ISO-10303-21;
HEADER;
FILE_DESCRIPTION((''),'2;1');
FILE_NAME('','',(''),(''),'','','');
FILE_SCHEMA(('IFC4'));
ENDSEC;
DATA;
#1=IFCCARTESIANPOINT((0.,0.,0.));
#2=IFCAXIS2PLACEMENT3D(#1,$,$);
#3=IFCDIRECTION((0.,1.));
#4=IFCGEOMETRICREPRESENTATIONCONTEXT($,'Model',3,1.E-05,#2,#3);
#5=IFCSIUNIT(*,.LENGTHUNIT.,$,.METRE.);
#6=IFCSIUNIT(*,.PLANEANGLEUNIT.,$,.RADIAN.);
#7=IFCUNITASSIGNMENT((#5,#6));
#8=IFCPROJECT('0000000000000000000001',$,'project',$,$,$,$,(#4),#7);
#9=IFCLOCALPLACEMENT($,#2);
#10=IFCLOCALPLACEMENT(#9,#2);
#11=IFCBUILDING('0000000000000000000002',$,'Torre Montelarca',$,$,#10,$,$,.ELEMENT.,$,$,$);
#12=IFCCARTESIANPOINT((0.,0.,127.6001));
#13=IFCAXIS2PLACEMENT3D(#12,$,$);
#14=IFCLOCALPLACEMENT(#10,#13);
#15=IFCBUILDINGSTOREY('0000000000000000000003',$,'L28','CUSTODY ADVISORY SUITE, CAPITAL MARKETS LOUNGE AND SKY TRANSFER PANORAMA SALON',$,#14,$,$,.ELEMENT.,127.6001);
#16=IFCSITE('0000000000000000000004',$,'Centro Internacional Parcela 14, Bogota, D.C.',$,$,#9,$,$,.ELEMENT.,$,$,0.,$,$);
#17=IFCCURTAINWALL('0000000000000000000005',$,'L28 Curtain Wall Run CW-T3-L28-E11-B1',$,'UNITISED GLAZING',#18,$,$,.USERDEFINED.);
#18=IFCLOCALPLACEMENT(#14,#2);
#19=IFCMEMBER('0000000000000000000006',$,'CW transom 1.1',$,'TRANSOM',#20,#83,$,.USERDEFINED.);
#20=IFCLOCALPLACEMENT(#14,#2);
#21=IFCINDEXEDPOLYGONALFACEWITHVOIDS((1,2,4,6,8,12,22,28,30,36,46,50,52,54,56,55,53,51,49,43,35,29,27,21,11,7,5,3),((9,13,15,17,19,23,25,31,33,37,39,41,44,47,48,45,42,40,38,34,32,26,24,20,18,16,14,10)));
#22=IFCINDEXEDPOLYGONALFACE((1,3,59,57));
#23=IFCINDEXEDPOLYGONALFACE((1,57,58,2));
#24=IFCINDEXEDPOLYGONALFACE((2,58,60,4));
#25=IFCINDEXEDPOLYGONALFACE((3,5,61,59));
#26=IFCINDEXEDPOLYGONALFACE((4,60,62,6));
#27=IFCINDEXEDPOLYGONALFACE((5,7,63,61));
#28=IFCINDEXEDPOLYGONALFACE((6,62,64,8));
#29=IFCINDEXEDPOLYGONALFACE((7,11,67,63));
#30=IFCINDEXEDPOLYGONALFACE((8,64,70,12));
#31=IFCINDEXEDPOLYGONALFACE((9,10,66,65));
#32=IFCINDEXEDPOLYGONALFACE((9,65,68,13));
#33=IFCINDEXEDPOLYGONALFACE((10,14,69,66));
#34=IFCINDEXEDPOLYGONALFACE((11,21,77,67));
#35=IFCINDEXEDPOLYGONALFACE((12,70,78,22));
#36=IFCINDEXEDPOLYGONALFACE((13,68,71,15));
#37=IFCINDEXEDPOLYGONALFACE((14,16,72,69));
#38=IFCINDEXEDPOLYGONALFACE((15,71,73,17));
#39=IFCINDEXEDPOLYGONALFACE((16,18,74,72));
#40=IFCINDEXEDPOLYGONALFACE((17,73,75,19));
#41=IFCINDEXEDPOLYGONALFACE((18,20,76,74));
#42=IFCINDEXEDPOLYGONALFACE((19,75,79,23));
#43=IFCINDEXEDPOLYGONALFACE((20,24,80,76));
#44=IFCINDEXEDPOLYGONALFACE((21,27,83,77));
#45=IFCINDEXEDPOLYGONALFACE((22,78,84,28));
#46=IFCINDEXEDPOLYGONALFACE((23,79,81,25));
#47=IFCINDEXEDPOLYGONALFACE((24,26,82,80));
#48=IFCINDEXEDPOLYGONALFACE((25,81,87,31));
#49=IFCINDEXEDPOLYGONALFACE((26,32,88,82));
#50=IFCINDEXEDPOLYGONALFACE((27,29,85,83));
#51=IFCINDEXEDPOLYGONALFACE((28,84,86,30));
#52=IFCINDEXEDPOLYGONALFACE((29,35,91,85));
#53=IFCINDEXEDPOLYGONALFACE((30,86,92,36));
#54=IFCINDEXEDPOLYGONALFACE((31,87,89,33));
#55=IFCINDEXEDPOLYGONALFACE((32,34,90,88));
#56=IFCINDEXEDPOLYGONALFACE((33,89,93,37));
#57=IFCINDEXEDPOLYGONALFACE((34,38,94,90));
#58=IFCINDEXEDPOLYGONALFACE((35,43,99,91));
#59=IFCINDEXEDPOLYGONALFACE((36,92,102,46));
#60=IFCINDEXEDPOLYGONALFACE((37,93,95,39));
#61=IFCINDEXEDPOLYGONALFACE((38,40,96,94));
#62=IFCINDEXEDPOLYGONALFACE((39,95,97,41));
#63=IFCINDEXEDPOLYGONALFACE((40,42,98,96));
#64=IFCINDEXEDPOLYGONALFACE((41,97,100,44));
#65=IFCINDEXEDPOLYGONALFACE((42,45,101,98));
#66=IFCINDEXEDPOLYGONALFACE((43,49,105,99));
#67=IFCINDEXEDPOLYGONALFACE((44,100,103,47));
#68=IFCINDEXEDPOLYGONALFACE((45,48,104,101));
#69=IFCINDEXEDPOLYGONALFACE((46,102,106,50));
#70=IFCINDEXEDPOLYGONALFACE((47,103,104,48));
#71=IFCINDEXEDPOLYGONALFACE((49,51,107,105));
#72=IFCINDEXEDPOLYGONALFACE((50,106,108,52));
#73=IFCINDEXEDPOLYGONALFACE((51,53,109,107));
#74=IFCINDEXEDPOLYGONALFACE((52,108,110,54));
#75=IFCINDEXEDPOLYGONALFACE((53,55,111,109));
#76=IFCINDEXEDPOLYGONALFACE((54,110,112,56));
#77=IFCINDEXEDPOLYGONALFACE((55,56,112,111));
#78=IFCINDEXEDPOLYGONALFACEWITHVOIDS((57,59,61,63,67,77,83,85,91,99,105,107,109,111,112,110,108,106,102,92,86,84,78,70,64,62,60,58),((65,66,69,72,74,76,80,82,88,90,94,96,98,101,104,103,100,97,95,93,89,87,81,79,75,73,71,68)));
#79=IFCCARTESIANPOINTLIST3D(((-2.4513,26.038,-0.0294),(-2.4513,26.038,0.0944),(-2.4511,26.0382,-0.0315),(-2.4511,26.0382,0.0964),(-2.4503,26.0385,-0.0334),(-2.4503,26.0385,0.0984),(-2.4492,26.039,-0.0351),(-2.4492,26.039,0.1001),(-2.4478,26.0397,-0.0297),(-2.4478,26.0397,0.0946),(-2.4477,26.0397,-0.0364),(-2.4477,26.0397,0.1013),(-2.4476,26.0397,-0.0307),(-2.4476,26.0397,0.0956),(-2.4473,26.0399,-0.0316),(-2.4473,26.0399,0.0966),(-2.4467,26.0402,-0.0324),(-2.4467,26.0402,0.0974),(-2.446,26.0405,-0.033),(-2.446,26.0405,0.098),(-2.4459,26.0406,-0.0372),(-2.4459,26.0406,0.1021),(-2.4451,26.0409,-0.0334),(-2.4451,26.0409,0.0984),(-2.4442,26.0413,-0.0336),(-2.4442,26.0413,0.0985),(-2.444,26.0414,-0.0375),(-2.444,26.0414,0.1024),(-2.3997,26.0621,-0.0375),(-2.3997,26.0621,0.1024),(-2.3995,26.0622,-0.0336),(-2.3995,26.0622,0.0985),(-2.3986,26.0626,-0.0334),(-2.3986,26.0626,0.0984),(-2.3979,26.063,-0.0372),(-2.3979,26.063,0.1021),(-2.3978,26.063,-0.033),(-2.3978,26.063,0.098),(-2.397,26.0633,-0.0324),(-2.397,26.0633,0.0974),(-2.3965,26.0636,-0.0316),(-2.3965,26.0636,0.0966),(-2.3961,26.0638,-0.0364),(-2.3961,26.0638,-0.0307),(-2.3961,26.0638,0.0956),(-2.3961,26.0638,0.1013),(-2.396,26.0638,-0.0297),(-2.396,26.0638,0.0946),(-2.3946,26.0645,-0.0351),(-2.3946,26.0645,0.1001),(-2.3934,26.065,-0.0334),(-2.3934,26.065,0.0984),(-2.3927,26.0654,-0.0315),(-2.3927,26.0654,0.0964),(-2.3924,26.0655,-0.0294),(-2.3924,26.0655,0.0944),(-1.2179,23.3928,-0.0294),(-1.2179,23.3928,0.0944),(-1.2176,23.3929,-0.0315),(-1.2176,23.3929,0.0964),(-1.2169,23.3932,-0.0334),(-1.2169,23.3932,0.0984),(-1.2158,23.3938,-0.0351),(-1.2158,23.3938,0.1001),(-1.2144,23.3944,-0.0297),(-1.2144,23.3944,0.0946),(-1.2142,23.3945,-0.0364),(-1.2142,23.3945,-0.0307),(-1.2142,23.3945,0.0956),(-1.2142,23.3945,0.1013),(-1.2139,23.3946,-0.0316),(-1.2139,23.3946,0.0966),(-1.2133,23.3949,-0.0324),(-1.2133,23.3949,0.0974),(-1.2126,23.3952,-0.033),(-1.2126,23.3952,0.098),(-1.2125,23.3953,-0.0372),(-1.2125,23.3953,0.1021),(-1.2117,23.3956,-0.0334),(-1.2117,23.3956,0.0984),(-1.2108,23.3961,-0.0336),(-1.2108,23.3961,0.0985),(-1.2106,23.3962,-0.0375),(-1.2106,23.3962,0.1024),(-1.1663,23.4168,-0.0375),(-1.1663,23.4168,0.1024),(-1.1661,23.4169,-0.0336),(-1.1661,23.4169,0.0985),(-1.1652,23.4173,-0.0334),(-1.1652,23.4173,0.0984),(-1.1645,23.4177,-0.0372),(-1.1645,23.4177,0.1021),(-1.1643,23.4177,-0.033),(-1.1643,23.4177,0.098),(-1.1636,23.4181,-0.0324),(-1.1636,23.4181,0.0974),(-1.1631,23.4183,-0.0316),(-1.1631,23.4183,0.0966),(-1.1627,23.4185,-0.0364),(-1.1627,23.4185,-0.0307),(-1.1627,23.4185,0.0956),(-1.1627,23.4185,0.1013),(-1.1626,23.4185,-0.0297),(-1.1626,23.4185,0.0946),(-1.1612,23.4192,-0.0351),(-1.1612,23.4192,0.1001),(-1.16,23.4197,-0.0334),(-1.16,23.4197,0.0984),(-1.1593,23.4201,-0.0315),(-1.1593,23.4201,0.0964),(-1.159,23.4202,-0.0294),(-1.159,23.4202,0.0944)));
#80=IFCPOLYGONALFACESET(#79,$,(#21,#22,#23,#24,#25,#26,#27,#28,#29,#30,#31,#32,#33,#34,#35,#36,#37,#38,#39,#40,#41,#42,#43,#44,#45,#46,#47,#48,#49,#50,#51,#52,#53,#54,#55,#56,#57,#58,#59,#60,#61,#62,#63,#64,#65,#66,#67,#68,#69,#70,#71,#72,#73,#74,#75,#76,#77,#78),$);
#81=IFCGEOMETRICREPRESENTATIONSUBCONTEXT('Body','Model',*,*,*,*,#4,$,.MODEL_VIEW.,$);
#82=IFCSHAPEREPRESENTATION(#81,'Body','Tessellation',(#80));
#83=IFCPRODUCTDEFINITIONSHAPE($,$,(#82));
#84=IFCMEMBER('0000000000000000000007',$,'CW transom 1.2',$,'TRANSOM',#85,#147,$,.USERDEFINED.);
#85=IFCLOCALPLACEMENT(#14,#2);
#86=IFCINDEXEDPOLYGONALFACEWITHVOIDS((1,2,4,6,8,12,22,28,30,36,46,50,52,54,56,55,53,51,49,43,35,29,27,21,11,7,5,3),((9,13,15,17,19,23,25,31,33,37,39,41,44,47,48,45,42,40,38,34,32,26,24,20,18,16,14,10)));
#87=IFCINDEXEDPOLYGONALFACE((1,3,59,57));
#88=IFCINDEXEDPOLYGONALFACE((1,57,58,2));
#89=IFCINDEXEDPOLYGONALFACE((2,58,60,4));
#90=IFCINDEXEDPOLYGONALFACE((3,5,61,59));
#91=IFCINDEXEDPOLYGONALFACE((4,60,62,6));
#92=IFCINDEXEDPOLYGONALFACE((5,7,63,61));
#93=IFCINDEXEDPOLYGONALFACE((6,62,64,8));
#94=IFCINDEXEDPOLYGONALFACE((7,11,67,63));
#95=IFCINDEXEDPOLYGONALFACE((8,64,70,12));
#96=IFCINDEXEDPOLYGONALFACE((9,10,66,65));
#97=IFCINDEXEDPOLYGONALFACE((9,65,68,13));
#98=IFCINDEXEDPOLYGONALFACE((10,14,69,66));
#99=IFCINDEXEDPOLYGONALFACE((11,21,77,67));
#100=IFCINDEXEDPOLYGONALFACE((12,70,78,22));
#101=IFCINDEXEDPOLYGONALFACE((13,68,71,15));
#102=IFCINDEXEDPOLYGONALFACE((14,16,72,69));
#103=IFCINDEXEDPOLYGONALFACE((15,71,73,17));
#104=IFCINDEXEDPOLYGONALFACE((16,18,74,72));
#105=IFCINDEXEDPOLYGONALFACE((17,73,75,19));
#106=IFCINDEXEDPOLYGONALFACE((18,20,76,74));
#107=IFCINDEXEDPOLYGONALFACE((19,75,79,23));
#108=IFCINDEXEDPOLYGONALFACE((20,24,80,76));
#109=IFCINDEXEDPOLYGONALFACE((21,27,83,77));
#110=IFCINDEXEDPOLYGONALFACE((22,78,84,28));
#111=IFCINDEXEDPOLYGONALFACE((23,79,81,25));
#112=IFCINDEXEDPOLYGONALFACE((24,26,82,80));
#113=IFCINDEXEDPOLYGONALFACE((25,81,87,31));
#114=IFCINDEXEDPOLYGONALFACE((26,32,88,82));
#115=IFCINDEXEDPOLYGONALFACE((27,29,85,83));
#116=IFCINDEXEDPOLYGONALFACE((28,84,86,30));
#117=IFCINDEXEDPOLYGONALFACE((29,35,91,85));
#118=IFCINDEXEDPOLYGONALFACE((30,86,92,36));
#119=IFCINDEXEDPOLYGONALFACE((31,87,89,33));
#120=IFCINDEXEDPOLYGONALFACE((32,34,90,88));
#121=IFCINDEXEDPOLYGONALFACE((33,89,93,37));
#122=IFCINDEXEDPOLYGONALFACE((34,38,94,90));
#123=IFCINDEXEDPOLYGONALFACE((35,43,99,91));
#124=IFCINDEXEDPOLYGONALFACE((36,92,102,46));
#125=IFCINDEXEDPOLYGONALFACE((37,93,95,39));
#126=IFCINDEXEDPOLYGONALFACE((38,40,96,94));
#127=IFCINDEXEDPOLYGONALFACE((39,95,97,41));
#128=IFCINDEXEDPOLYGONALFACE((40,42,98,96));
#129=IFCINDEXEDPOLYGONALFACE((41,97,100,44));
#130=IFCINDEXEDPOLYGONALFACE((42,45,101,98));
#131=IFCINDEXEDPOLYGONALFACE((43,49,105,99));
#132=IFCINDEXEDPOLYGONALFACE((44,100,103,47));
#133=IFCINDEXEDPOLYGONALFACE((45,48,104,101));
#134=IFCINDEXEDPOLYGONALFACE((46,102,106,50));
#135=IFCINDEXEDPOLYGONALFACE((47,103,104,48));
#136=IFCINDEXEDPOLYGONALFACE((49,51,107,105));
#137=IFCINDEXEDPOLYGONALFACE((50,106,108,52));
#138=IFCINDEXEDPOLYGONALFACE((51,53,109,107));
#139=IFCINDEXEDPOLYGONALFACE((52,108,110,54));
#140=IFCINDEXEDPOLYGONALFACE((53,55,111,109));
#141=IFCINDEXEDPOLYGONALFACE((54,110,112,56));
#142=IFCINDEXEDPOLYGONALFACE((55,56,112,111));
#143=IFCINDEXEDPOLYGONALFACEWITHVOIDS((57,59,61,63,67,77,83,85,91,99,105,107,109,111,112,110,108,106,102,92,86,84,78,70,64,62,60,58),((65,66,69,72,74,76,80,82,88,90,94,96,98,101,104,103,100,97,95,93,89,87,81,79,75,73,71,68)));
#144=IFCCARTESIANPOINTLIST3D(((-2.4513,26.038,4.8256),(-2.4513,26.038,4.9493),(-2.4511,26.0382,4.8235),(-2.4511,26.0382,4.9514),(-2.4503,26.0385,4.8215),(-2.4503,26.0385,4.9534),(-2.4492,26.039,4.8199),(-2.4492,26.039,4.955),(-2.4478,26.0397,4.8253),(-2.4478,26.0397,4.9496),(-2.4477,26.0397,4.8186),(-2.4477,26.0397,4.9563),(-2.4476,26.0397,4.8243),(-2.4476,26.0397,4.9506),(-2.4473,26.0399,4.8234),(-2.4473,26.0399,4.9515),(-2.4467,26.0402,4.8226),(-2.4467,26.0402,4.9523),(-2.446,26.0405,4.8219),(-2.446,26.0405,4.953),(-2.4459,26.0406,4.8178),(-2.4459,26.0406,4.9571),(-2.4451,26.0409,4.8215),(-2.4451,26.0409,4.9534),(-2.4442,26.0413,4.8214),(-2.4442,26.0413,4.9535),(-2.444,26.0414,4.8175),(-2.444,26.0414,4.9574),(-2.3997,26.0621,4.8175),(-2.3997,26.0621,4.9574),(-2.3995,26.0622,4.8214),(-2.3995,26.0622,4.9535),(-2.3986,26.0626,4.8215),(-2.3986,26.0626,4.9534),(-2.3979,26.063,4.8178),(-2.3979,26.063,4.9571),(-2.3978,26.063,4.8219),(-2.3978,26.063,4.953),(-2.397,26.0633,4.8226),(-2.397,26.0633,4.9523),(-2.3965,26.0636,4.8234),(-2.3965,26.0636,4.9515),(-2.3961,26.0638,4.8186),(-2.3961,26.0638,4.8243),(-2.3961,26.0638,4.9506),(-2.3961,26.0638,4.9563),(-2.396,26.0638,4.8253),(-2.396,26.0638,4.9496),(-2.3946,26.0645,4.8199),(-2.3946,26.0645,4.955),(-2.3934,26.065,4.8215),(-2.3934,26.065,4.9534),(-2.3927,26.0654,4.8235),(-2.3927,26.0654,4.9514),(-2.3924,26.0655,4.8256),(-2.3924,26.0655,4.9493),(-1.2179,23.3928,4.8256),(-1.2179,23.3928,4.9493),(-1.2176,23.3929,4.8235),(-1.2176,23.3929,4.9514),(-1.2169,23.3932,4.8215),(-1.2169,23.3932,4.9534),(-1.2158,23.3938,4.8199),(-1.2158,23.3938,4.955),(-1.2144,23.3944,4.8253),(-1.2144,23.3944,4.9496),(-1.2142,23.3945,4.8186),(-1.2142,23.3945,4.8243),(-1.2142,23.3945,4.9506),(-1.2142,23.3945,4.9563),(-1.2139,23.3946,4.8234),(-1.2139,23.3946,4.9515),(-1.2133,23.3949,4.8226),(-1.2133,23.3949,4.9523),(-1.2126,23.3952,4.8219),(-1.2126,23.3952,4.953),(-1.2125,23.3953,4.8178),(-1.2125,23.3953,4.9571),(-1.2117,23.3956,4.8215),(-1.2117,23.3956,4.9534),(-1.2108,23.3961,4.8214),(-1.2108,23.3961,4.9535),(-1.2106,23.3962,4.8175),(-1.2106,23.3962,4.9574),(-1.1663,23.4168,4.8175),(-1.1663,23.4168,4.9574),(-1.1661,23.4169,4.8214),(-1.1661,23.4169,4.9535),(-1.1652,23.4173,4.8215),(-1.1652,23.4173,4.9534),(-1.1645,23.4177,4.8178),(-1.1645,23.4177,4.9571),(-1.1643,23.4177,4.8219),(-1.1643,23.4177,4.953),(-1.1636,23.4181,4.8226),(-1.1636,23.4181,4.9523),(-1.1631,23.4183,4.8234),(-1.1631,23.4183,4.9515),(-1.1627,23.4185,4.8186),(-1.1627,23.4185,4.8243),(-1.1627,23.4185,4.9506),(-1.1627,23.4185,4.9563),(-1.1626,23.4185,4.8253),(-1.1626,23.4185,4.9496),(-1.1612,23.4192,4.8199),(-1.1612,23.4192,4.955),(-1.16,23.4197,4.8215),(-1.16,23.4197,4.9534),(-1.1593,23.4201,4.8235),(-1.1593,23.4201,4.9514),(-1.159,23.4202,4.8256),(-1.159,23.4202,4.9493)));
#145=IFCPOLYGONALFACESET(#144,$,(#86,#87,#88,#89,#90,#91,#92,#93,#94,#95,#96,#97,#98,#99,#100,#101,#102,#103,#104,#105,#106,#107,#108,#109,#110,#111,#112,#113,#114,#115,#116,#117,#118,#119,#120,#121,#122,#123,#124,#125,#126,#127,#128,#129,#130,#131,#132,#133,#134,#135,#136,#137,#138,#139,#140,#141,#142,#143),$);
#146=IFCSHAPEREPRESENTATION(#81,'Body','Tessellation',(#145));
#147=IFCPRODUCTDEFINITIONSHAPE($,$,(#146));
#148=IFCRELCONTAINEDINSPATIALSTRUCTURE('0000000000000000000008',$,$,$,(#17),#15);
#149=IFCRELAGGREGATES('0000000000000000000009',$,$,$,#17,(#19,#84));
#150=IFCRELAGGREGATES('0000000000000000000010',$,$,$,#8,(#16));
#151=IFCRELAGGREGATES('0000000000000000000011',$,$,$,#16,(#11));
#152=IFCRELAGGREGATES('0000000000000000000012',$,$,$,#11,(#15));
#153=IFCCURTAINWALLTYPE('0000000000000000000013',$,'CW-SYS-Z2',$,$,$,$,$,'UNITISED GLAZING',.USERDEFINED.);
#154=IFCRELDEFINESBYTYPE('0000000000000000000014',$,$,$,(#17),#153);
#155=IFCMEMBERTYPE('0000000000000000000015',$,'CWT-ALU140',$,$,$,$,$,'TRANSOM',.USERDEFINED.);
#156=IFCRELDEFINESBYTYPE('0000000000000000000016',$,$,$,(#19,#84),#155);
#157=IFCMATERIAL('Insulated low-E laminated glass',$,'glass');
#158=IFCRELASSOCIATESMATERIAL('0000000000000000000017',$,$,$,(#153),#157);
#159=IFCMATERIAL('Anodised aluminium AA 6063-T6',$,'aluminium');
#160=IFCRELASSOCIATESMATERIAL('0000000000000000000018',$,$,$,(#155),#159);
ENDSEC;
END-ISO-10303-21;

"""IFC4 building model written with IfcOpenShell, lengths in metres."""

from ifc_helpers import new_model, si_unit, direction, frame, origin, origin_2d, place, context, subcontext, project, spatial, hollow_rectangle, extrude, source, transform, mapped, material, material_profile, profile_set, type_object, element, aggregate, save


model = new_model("IFC4")

# Units and contexts
model_context = context("Model", 3, precision=1e-05, world=origin(), true_north=direction((0.0, 1.0)))
body_context = subcontext(model_context, "Body", "Model", "MODEL_VIEW")
ifc_project = project(units=[si_unit("LENGTHUNIT", "METRE"), si_unit("PLANEANGLEUNIT", "RADIAN")], contexts=[model_context])

# Site, building, storey
site_placement = place(None, origin())
site = spatial("IfcSite", under=ifc_project, at=site_placement, Name="Centro Internacional Parcela 14, Bogota, D.C.", CompositionType="ELEMENT", RefElevation=0.0)
building_placement = place(site_placement, origin())
building = spatial("IfcBuilding", under=site, at=building_placement, Name="Torre Montelarca", CompositionType="ELEMENT")
storey_placement = place(building_placement, frame((0.0, 0.0, 127.6001)))
storey = spatial("IfcBuildingStorey", under=building, at=storey_placement, Name="L28", Description="CUSTODY ADVISORY SUITE, CAPITAL MARKETS LOUNGE AND SKY TRANSFER PANORAMA SALON", CompositionType="ELEMENT", Elevation=127.6001)

# Curtain wall, members
ifc_material_1 = material(Name="Insulated low-E laminated glass", Category="glass")
curtain_wall_type = type_object("IfcCurtainWallType", Name="CW-SYS-Z2", ElementType="UNITISED GLAZING", PredefinedType="USERDEFINED", material=ifc_material_1)
curtain_wall_1_placement = place(storey_placement, origin())
curtain_wall_1 = element("IfcCurtainWall", 1, at=curtain_wall_1_placement, inside=storey, type_object=curtain_wall_type, Name="L28 Curtain Wall Run CW-T3-L28-E11-B1", ObjectType="UNITISED GLAZING", PredefinedType="USERDEFINED")
ifc_material_2 = material(Name="Anodised aluminium AA 6063-T6", Category="aluminium")
ifc_material_profile_1 = material_profile(ifc_material_2, hollow_rectangle(XDim=0.0649, YDim=0.1399, WallThickness=0.0039, InnerFilletRadius=0.0039, OuterFilletRadius=0.0081, at=origin_2d()), Name="ALU65X140X4", Category="aluminium")
ifc_profile_set_1 = profile_set([ifc_material_profile_1], Name="Anodised aluminium AA 6063-T6")
member_type_1 = type_object("IfcMemberType", Name="CWT-ALU140", ElementType="TRANSOM", PredefinedType="USERDEFINED", material=ifc_profile_set_1)
shared_shape_1 = source(origin(), body_context, "Body", "SweptSolid", [
    extrude(hollow_rectangle(XDim=0.0649, YDim=0.1399, WallThickness=0.0039, InnerFilletRadius=0.0039, OuterFilletRadius=0.0081, at=origin_2d()), origin(), (0.0, 0.0, 1.0), 2.9187),
])
member_1_placement = place(storey_placement, frame((-2.4219, 26.0518, 0.0325), z_axis=(0.422588, -0.906322, 0.0), x_axis=(0.906322, 0.422588, 0.0)))
member_1 = element("IfcMember", 2, at=member_1_placement, type_object=member_type_1, Name="CW transom 1.1", ObjectType="TRANSOM", PredefinedType="USERDEFINED", context=body_context, shape_type="MappedRepresentation", body=[
    mapped(shared_shape_1, transform((0.0, 0.0, 0.0), scale=1.0)),
])
member_2_placement = place(storey_placement, frame((-2.4219, 26.0518, 4.8875), z_axis=(0.422588, -0.906322, 0.0), x_axis=(0.906322, 0.422588, 0.0)))
member_2 = element("IfcMember", 3, at=member_2_placement, type_object=member_type_1, Name="CW transom 1.2", ObjectType="TRANSOM", PredefinedType="USERDEFINED", context=body_context, shape_type="MappedRepresentation", body=[
    mapped(shared_shape_1, transform((0.0, 0.0, 0.0), scale=1.0)),
])

aggregate(curtain_wall_1, [member_1, member_2])

save(model, "model.ifc")
